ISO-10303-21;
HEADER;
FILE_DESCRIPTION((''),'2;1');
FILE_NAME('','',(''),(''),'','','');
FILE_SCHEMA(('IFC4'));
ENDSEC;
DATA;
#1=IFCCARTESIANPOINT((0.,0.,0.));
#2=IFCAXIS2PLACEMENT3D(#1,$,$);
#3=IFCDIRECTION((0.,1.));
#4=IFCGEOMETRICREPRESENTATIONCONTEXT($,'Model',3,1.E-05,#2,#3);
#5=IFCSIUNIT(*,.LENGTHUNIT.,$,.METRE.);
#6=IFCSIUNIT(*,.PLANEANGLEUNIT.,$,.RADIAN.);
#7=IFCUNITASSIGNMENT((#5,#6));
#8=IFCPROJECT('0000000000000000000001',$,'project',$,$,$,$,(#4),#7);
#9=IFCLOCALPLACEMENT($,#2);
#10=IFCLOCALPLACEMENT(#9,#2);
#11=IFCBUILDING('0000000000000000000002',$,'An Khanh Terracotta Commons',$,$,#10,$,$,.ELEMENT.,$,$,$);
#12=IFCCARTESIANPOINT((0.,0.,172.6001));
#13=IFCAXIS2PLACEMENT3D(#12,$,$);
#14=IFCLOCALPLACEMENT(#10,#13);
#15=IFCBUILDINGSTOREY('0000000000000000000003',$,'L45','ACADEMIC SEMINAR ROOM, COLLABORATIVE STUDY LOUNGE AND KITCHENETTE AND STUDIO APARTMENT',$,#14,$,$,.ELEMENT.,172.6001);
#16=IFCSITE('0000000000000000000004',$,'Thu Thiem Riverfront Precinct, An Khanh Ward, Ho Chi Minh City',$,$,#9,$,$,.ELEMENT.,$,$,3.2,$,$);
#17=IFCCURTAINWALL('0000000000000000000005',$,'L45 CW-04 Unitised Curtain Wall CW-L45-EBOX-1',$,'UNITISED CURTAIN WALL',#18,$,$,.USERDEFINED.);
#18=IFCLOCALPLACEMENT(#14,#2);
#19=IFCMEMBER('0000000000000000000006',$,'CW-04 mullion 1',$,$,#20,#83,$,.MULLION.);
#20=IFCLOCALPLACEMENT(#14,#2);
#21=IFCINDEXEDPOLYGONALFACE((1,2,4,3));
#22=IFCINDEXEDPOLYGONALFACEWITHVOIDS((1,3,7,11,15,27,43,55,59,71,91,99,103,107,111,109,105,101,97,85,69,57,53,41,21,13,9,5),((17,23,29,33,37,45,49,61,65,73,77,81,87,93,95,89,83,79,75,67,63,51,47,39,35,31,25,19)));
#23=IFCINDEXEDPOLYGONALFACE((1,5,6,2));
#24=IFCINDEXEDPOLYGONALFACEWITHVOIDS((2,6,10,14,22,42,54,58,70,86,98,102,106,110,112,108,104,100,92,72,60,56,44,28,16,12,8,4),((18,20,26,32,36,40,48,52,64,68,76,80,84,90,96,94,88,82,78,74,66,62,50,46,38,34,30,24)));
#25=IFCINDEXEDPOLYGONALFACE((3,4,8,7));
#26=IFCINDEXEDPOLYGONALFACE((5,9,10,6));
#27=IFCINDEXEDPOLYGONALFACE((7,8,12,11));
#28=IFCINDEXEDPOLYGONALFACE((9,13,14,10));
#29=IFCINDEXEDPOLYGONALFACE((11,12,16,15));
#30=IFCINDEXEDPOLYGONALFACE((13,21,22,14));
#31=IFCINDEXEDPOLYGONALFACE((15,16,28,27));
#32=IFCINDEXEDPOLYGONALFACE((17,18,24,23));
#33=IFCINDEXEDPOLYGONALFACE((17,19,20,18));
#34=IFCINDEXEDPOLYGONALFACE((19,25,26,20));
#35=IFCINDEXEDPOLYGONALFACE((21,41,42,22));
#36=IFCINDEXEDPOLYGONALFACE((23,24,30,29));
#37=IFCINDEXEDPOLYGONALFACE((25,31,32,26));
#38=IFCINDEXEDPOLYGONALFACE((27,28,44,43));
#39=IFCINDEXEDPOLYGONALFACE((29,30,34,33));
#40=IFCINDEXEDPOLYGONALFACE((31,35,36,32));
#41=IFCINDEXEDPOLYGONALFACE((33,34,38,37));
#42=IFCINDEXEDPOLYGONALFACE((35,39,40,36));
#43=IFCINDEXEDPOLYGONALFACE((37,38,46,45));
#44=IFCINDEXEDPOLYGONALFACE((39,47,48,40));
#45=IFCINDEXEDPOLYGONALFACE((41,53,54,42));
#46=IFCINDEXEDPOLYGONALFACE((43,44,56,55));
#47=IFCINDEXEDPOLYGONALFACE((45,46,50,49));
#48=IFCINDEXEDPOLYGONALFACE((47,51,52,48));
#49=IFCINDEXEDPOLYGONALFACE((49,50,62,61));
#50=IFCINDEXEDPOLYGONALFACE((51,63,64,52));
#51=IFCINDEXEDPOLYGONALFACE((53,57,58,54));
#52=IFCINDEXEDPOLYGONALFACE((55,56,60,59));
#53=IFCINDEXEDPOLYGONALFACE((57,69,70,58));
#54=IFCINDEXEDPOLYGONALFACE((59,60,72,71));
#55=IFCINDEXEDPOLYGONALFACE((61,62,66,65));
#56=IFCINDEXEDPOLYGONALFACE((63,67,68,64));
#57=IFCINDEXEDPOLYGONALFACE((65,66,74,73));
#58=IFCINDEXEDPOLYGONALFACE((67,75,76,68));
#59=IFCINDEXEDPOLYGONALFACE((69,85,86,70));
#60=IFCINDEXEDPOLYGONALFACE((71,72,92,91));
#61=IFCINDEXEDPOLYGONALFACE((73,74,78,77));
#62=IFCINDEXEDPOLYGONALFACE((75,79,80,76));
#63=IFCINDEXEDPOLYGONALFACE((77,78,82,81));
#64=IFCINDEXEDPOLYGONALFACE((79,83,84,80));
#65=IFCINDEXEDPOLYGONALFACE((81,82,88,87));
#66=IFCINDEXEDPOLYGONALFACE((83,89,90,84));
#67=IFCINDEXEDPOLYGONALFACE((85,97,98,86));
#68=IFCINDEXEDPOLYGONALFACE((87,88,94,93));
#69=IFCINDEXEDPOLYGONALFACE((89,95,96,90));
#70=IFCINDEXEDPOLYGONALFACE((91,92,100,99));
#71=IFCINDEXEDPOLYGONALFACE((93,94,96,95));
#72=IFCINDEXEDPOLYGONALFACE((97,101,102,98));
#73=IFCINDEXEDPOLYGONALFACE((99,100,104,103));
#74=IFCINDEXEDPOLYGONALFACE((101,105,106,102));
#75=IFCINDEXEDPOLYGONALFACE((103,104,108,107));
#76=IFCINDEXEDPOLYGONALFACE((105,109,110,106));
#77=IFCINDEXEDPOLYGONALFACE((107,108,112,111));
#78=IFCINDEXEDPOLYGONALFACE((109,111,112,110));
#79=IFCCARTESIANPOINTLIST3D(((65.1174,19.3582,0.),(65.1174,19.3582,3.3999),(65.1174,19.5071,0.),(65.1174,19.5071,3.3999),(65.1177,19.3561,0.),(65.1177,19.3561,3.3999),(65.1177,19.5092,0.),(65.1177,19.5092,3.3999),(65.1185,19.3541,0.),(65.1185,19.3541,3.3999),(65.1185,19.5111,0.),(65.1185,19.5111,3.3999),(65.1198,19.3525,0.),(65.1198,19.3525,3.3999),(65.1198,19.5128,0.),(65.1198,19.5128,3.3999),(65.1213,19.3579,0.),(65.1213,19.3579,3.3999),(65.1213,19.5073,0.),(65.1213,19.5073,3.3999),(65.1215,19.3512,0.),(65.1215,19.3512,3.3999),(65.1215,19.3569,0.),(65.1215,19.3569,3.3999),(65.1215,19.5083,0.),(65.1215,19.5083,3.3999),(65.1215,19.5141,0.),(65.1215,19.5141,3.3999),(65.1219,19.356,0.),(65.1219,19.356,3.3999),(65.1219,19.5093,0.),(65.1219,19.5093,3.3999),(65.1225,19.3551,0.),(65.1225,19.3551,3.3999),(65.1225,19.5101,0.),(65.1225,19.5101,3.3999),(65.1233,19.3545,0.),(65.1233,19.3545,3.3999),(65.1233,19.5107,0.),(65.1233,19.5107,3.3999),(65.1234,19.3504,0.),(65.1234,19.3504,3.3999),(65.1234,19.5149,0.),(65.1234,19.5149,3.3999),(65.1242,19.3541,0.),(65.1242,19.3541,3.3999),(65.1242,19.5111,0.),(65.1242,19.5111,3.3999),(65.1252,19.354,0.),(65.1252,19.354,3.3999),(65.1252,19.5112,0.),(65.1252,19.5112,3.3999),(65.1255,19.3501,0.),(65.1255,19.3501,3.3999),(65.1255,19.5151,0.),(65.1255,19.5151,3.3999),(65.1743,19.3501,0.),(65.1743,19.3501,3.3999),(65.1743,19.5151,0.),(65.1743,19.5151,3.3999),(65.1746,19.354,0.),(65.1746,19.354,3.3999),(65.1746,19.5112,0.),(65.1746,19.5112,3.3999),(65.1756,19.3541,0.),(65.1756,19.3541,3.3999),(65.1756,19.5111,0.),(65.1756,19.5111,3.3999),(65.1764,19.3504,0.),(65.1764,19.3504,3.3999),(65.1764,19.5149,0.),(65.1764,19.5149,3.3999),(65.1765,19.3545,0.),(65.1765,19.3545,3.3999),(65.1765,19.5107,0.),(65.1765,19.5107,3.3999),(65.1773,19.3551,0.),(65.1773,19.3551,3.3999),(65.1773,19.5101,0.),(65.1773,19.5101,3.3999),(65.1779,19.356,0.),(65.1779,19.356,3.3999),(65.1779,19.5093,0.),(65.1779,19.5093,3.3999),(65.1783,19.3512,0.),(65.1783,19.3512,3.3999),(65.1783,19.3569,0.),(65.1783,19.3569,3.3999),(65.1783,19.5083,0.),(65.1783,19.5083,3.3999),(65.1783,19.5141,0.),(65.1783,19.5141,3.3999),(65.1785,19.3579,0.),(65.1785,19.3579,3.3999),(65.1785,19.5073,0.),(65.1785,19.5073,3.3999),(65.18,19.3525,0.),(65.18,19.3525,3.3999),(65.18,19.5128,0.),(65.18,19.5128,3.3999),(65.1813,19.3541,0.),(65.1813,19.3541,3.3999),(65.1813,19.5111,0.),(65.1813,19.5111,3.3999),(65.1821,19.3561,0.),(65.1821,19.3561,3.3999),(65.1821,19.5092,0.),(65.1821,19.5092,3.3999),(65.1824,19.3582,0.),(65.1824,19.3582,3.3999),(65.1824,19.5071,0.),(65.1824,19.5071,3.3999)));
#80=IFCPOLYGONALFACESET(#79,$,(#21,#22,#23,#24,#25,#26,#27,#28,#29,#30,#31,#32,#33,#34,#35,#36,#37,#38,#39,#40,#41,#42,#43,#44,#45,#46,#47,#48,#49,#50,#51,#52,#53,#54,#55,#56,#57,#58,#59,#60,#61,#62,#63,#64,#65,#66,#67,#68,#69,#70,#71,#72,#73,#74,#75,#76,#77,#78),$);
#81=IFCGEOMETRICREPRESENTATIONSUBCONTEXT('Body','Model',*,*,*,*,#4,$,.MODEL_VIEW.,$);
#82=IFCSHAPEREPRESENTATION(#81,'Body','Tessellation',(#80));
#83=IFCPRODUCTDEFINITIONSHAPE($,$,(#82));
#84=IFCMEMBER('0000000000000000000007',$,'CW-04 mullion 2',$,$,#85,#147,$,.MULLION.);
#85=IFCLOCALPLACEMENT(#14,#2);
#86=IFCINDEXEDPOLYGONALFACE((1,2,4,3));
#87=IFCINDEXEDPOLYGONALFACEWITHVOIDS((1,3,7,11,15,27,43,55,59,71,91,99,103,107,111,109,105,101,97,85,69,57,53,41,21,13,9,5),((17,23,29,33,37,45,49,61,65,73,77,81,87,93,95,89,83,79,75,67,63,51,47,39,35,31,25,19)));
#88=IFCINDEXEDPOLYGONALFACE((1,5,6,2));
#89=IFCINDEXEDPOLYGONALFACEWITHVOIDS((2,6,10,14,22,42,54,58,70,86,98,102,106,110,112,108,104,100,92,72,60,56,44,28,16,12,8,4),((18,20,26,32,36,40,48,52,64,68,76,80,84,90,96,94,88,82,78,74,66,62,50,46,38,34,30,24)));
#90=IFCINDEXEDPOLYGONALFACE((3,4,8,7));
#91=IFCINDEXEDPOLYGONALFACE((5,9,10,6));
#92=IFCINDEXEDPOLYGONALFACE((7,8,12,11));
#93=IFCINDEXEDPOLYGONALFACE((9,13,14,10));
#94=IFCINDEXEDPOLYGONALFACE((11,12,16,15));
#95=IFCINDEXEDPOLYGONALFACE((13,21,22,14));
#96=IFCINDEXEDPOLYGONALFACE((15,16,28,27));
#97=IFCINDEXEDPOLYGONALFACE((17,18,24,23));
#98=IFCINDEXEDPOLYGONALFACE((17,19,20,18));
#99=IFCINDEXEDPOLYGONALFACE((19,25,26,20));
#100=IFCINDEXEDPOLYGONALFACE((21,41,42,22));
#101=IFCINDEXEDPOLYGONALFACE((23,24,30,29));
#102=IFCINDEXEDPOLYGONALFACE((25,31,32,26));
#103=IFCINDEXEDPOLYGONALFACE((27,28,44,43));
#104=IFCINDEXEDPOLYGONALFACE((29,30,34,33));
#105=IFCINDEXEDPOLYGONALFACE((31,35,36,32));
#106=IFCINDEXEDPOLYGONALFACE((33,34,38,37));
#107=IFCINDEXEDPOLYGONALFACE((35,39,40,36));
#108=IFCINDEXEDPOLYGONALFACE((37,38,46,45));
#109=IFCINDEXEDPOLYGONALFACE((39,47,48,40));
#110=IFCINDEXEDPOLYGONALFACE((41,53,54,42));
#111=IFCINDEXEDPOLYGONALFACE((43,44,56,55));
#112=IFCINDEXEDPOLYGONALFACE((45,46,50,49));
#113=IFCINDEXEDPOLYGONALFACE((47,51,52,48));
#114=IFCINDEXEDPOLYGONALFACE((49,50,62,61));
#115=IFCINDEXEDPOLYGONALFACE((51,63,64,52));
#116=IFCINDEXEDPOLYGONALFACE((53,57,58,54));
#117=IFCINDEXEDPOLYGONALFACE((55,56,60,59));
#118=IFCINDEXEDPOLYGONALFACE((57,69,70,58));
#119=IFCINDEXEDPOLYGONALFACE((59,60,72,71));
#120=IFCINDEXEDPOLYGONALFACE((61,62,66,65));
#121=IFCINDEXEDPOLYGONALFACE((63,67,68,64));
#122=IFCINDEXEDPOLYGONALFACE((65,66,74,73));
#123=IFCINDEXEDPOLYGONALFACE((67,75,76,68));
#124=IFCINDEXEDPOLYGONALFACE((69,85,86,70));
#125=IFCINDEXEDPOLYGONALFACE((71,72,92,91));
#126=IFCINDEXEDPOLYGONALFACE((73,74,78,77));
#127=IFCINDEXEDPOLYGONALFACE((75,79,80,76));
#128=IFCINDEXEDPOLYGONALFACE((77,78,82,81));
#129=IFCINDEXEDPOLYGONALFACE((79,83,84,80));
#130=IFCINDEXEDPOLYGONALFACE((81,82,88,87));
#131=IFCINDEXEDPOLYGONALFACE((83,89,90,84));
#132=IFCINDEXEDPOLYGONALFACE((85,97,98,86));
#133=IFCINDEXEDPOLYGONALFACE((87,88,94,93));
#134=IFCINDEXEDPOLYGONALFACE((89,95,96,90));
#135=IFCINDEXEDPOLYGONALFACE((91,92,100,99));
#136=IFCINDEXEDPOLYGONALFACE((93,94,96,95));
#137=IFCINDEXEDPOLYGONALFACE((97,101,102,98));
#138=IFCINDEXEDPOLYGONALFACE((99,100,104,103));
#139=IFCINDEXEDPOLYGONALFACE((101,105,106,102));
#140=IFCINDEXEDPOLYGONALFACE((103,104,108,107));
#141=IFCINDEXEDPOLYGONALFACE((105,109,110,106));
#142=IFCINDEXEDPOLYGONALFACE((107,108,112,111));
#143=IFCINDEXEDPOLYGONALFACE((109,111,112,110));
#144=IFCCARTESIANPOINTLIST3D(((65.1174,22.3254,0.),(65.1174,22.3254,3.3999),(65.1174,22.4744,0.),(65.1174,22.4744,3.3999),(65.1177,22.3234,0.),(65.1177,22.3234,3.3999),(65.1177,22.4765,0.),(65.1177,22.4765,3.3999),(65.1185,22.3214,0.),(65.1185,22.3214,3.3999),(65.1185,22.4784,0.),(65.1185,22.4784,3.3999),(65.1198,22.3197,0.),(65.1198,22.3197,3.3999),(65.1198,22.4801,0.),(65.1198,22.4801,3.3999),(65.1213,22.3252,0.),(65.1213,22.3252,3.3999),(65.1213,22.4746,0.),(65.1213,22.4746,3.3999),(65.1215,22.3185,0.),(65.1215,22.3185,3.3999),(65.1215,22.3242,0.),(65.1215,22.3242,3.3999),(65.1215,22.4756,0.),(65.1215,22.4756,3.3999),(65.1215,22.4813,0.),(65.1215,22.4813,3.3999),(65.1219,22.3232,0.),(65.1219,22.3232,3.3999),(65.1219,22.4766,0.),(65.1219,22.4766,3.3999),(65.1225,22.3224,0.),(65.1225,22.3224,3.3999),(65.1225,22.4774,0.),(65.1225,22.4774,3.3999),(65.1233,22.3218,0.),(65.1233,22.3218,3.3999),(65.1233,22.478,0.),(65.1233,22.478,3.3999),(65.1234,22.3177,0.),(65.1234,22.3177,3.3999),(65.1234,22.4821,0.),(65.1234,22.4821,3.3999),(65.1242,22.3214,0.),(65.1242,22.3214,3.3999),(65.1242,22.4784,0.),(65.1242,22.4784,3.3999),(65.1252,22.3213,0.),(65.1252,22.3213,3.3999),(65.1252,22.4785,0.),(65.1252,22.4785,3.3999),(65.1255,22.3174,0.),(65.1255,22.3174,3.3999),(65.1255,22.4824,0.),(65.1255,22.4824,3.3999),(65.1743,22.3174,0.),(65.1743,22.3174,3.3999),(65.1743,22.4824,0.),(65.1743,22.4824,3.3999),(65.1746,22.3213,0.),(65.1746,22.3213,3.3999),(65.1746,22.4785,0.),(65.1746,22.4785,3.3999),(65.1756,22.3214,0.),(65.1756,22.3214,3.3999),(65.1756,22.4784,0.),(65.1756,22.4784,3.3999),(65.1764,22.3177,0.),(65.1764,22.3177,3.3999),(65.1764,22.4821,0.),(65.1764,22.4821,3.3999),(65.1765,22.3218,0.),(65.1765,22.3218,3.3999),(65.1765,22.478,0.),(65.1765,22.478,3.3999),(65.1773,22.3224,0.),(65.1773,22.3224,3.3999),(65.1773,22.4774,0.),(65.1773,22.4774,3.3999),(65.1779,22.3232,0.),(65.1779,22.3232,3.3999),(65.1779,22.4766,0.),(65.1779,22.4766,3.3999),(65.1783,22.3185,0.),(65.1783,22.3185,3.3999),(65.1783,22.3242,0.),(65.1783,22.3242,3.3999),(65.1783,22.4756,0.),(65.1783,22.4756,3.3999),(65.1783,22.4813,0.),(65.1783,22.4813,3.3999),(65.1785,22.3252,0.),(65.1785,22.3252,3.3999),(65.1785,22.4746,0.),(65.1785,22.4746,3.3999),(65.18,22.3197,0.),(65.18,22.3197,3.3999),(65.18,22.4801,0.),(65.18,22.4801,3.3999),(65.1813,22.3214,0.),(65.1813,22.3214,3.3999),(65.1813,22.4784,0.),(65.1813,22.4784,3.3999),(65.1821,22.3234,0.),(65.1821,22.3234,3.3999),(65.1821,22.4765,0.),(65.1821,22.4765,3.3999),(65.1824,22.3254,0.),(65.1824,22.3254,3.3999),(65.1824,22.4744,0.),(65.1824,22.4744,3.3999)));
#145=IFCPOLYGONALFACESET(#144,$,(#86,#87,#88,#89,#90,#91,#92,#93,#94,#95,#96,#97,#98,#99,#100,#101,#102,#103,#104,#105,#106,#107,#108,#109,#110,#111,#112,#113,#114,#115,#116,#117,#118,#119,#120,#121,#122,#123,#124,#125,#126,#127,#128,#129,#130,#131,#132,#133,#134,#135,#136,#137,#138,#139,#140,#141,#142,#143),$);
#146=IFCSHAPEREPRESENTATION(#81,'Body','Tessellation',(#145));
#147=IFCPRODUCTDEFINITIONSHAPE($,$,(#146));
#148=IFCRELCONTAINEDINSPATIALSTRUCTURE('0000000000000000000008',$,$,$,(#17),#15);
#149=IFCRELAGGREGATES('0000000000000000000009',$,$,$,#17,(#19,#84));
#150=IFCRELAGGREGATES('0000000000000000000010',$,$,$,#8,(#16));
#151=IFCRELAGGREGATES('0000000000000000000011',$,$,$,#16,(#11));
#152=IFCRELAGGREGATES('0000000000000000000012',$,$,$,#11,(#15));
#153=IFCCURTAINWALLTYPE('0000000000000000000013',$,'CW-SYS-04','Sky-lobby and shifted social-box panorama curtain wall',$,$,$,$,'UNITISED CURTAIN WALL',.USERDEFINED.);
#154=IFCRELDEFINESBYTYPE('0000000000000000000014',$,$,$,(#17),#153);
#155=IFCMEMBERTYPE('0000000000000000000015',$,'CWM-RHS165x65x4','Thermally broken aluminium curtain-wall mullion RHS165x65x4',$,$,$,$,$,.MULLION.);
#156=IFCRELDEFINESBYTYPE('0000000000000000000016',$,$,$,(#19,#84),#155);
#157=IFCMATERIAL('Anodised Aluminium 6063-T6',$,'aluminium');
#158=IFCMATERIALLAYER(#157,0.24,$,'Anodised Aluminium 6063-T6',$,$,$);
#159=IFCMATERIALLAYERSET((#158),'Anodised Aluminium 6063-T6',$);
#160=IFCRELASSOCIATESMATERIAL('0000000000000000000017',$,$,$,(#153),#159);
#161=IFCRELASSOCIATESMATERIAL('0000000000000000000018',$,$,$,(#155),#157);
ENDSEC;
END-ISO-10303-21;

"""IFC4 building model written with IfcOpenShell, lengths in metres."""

from ifc_helpers import new_model, si_unit, direction, frame, origin, origin_2d, place, context, subcontext, project, spatial, hollow_rectangle, extrude, material, layer, layer_set, material_profile, profile_set, type_object, element, aggregate, save


model = new_model("IFC4")

# Units and contexts
model_context = context("Model", 3, precision=1e-05, world=origin(), true_north=direction((0.0, 1.0)))
body_context = subcontext(model_context, "Body", "Model", "MODEL_VIEW")
ifc_project = project(units=[si_unit("LENGTHUNIT", "METRE"), si_unit("PLANEANGLEUNIT", "RADIAN")], contexts=[model_context])

# Site, building, storey
site_placement = place(None, origin())
site = spatial("IfcSite", under=ifc_project, at=site_placement, Name="Thu Thiem Riverfront Precinct, An Khanh Ward, Ho Chi Minh City", CompositionType="ELEMENT", RefElevation=3.2)
building_placement = place(site_placement, origin())
building = spatial("IfcBuilding", under=site, at=building_placement, Name="An Khanh Terracotta Commons", CompositionType="ELEMENT")
storey_placement = place(building_placement, frame((0.0, 0.0, 172.6001)))
storey = spatial("IfcBuildingStorey", under=building, at=storey_placement, Name="L45", Description="ACADEMIC SEMINAR ROOM, COLLABORATIVE STUDY LOUNGE AND KITCHENETTE AND STUDIO APARTMENT", CompositionType="ELEMENT", Elevation=172.6001)

# Curtain wall, members
ifc_material_1 = material(Name="Anodised Aluminium 6063-T6", Category="aluminium")
ifc_layer_1 = layer(ifc_material_1, 0.24, Name="Anodised Aluminium 6063-T6")
ifc_layer_set_1 = layer_set([ifc_layer_1], Name="Anodised Aluminium 6063-T6")
curtain_wall_type_1 = type_object("IfcCurtainWallType", Name="CW-SYS-04", Description="Sky-lobby and shifted social-box panorama curtain wall", ElementType="UNITISED CURTAIN WALL", PredefinedType="USERDEFINED", material=ifc_layer_set_1)
curtain_wall_1_placement = place(storey_placement, origin())
curtain_wall_1 = element("IfcCurtainWall", 1, at=curtain_wall_1_placement, inside=storey, type_object=curtain_wall_type_1, Name="L45 CW-04 Unitised Curtain Wall CW-L45-EBOX-1", ObjectType="UNITISED CURTAIN WALL", PredefinedType="USERDEFINED")
ifc_material_profile_1 = material_profile(ifc_material_1, hollow_rectangle(XDim=0.0649, YDim=0.165, WallThickness=0.0039, InnerFilletRadius=0.0039, OuterFilletRadius=0.0081, at=origin_2d()), Name="RHS165x65x4")
ifc_profile_set_1 = profile_set([ifc_material_profile_1], Name="Anodised Aluminium 6063-T6")
member_type_1 = type_object("IfcMemberType", Name="CWM-RHS165x65x4", Description="Thermally broken aluminium curtain-wall mullion RHS165x65x4", PredefinedType="MULLION", material=ifc_profile_set_1)
member_1_placement = place(storey_placement, frame((65.1499, 19.4326, 0.0), z_axis=(0.0, 0.0, 1.0), x_axis=(-1.0, 0.0, 0.0)))
member_1 = element("IfcMember", 2, at=member_1_placement, type_object=member_type_1, Name="CW-04 mullion 1", PredefinedType="MULLION", context=body_context, shape_type="SweptSolid", body=[
    extrude(hollow_rectangle(XDim=0.0649, YDim=0.165, WallThickness=0.0039, InnerFilletRadius=0.0039, OuterFilletRadius=0.0081, at=origin_2d()), origin(), (0.0, 0.0, 1.0), 3.3999),
])
member_2_placement = place(storey_placement, frame((65.1499, 22.3999, 0.0), z_axis=(0.0, 0.0, 1.0), x_axis=(-1.0, 0.0, 0.0)))
member_2 = element("IfcMember", 3, at=member_2_placement, type_object=member_type_1, Name="CW-04 mullion 2", PredefinedType="MULLION", context=body_context, shape_type="SweptSolid", body=[
    extrude(hollow_rectangle(XDim=0.0649, YDim=0.165, WallThickness=0.0039, InnerFilletRadius=0.0039, OuterFilletRadius=0.0081, at=origin_2d()), origin(), (0.0, 0.0, 1.0), 3.3999),
])

aggregate(curtain_wall_1, [member_1, member_2])

save(model, "model.ifc")
